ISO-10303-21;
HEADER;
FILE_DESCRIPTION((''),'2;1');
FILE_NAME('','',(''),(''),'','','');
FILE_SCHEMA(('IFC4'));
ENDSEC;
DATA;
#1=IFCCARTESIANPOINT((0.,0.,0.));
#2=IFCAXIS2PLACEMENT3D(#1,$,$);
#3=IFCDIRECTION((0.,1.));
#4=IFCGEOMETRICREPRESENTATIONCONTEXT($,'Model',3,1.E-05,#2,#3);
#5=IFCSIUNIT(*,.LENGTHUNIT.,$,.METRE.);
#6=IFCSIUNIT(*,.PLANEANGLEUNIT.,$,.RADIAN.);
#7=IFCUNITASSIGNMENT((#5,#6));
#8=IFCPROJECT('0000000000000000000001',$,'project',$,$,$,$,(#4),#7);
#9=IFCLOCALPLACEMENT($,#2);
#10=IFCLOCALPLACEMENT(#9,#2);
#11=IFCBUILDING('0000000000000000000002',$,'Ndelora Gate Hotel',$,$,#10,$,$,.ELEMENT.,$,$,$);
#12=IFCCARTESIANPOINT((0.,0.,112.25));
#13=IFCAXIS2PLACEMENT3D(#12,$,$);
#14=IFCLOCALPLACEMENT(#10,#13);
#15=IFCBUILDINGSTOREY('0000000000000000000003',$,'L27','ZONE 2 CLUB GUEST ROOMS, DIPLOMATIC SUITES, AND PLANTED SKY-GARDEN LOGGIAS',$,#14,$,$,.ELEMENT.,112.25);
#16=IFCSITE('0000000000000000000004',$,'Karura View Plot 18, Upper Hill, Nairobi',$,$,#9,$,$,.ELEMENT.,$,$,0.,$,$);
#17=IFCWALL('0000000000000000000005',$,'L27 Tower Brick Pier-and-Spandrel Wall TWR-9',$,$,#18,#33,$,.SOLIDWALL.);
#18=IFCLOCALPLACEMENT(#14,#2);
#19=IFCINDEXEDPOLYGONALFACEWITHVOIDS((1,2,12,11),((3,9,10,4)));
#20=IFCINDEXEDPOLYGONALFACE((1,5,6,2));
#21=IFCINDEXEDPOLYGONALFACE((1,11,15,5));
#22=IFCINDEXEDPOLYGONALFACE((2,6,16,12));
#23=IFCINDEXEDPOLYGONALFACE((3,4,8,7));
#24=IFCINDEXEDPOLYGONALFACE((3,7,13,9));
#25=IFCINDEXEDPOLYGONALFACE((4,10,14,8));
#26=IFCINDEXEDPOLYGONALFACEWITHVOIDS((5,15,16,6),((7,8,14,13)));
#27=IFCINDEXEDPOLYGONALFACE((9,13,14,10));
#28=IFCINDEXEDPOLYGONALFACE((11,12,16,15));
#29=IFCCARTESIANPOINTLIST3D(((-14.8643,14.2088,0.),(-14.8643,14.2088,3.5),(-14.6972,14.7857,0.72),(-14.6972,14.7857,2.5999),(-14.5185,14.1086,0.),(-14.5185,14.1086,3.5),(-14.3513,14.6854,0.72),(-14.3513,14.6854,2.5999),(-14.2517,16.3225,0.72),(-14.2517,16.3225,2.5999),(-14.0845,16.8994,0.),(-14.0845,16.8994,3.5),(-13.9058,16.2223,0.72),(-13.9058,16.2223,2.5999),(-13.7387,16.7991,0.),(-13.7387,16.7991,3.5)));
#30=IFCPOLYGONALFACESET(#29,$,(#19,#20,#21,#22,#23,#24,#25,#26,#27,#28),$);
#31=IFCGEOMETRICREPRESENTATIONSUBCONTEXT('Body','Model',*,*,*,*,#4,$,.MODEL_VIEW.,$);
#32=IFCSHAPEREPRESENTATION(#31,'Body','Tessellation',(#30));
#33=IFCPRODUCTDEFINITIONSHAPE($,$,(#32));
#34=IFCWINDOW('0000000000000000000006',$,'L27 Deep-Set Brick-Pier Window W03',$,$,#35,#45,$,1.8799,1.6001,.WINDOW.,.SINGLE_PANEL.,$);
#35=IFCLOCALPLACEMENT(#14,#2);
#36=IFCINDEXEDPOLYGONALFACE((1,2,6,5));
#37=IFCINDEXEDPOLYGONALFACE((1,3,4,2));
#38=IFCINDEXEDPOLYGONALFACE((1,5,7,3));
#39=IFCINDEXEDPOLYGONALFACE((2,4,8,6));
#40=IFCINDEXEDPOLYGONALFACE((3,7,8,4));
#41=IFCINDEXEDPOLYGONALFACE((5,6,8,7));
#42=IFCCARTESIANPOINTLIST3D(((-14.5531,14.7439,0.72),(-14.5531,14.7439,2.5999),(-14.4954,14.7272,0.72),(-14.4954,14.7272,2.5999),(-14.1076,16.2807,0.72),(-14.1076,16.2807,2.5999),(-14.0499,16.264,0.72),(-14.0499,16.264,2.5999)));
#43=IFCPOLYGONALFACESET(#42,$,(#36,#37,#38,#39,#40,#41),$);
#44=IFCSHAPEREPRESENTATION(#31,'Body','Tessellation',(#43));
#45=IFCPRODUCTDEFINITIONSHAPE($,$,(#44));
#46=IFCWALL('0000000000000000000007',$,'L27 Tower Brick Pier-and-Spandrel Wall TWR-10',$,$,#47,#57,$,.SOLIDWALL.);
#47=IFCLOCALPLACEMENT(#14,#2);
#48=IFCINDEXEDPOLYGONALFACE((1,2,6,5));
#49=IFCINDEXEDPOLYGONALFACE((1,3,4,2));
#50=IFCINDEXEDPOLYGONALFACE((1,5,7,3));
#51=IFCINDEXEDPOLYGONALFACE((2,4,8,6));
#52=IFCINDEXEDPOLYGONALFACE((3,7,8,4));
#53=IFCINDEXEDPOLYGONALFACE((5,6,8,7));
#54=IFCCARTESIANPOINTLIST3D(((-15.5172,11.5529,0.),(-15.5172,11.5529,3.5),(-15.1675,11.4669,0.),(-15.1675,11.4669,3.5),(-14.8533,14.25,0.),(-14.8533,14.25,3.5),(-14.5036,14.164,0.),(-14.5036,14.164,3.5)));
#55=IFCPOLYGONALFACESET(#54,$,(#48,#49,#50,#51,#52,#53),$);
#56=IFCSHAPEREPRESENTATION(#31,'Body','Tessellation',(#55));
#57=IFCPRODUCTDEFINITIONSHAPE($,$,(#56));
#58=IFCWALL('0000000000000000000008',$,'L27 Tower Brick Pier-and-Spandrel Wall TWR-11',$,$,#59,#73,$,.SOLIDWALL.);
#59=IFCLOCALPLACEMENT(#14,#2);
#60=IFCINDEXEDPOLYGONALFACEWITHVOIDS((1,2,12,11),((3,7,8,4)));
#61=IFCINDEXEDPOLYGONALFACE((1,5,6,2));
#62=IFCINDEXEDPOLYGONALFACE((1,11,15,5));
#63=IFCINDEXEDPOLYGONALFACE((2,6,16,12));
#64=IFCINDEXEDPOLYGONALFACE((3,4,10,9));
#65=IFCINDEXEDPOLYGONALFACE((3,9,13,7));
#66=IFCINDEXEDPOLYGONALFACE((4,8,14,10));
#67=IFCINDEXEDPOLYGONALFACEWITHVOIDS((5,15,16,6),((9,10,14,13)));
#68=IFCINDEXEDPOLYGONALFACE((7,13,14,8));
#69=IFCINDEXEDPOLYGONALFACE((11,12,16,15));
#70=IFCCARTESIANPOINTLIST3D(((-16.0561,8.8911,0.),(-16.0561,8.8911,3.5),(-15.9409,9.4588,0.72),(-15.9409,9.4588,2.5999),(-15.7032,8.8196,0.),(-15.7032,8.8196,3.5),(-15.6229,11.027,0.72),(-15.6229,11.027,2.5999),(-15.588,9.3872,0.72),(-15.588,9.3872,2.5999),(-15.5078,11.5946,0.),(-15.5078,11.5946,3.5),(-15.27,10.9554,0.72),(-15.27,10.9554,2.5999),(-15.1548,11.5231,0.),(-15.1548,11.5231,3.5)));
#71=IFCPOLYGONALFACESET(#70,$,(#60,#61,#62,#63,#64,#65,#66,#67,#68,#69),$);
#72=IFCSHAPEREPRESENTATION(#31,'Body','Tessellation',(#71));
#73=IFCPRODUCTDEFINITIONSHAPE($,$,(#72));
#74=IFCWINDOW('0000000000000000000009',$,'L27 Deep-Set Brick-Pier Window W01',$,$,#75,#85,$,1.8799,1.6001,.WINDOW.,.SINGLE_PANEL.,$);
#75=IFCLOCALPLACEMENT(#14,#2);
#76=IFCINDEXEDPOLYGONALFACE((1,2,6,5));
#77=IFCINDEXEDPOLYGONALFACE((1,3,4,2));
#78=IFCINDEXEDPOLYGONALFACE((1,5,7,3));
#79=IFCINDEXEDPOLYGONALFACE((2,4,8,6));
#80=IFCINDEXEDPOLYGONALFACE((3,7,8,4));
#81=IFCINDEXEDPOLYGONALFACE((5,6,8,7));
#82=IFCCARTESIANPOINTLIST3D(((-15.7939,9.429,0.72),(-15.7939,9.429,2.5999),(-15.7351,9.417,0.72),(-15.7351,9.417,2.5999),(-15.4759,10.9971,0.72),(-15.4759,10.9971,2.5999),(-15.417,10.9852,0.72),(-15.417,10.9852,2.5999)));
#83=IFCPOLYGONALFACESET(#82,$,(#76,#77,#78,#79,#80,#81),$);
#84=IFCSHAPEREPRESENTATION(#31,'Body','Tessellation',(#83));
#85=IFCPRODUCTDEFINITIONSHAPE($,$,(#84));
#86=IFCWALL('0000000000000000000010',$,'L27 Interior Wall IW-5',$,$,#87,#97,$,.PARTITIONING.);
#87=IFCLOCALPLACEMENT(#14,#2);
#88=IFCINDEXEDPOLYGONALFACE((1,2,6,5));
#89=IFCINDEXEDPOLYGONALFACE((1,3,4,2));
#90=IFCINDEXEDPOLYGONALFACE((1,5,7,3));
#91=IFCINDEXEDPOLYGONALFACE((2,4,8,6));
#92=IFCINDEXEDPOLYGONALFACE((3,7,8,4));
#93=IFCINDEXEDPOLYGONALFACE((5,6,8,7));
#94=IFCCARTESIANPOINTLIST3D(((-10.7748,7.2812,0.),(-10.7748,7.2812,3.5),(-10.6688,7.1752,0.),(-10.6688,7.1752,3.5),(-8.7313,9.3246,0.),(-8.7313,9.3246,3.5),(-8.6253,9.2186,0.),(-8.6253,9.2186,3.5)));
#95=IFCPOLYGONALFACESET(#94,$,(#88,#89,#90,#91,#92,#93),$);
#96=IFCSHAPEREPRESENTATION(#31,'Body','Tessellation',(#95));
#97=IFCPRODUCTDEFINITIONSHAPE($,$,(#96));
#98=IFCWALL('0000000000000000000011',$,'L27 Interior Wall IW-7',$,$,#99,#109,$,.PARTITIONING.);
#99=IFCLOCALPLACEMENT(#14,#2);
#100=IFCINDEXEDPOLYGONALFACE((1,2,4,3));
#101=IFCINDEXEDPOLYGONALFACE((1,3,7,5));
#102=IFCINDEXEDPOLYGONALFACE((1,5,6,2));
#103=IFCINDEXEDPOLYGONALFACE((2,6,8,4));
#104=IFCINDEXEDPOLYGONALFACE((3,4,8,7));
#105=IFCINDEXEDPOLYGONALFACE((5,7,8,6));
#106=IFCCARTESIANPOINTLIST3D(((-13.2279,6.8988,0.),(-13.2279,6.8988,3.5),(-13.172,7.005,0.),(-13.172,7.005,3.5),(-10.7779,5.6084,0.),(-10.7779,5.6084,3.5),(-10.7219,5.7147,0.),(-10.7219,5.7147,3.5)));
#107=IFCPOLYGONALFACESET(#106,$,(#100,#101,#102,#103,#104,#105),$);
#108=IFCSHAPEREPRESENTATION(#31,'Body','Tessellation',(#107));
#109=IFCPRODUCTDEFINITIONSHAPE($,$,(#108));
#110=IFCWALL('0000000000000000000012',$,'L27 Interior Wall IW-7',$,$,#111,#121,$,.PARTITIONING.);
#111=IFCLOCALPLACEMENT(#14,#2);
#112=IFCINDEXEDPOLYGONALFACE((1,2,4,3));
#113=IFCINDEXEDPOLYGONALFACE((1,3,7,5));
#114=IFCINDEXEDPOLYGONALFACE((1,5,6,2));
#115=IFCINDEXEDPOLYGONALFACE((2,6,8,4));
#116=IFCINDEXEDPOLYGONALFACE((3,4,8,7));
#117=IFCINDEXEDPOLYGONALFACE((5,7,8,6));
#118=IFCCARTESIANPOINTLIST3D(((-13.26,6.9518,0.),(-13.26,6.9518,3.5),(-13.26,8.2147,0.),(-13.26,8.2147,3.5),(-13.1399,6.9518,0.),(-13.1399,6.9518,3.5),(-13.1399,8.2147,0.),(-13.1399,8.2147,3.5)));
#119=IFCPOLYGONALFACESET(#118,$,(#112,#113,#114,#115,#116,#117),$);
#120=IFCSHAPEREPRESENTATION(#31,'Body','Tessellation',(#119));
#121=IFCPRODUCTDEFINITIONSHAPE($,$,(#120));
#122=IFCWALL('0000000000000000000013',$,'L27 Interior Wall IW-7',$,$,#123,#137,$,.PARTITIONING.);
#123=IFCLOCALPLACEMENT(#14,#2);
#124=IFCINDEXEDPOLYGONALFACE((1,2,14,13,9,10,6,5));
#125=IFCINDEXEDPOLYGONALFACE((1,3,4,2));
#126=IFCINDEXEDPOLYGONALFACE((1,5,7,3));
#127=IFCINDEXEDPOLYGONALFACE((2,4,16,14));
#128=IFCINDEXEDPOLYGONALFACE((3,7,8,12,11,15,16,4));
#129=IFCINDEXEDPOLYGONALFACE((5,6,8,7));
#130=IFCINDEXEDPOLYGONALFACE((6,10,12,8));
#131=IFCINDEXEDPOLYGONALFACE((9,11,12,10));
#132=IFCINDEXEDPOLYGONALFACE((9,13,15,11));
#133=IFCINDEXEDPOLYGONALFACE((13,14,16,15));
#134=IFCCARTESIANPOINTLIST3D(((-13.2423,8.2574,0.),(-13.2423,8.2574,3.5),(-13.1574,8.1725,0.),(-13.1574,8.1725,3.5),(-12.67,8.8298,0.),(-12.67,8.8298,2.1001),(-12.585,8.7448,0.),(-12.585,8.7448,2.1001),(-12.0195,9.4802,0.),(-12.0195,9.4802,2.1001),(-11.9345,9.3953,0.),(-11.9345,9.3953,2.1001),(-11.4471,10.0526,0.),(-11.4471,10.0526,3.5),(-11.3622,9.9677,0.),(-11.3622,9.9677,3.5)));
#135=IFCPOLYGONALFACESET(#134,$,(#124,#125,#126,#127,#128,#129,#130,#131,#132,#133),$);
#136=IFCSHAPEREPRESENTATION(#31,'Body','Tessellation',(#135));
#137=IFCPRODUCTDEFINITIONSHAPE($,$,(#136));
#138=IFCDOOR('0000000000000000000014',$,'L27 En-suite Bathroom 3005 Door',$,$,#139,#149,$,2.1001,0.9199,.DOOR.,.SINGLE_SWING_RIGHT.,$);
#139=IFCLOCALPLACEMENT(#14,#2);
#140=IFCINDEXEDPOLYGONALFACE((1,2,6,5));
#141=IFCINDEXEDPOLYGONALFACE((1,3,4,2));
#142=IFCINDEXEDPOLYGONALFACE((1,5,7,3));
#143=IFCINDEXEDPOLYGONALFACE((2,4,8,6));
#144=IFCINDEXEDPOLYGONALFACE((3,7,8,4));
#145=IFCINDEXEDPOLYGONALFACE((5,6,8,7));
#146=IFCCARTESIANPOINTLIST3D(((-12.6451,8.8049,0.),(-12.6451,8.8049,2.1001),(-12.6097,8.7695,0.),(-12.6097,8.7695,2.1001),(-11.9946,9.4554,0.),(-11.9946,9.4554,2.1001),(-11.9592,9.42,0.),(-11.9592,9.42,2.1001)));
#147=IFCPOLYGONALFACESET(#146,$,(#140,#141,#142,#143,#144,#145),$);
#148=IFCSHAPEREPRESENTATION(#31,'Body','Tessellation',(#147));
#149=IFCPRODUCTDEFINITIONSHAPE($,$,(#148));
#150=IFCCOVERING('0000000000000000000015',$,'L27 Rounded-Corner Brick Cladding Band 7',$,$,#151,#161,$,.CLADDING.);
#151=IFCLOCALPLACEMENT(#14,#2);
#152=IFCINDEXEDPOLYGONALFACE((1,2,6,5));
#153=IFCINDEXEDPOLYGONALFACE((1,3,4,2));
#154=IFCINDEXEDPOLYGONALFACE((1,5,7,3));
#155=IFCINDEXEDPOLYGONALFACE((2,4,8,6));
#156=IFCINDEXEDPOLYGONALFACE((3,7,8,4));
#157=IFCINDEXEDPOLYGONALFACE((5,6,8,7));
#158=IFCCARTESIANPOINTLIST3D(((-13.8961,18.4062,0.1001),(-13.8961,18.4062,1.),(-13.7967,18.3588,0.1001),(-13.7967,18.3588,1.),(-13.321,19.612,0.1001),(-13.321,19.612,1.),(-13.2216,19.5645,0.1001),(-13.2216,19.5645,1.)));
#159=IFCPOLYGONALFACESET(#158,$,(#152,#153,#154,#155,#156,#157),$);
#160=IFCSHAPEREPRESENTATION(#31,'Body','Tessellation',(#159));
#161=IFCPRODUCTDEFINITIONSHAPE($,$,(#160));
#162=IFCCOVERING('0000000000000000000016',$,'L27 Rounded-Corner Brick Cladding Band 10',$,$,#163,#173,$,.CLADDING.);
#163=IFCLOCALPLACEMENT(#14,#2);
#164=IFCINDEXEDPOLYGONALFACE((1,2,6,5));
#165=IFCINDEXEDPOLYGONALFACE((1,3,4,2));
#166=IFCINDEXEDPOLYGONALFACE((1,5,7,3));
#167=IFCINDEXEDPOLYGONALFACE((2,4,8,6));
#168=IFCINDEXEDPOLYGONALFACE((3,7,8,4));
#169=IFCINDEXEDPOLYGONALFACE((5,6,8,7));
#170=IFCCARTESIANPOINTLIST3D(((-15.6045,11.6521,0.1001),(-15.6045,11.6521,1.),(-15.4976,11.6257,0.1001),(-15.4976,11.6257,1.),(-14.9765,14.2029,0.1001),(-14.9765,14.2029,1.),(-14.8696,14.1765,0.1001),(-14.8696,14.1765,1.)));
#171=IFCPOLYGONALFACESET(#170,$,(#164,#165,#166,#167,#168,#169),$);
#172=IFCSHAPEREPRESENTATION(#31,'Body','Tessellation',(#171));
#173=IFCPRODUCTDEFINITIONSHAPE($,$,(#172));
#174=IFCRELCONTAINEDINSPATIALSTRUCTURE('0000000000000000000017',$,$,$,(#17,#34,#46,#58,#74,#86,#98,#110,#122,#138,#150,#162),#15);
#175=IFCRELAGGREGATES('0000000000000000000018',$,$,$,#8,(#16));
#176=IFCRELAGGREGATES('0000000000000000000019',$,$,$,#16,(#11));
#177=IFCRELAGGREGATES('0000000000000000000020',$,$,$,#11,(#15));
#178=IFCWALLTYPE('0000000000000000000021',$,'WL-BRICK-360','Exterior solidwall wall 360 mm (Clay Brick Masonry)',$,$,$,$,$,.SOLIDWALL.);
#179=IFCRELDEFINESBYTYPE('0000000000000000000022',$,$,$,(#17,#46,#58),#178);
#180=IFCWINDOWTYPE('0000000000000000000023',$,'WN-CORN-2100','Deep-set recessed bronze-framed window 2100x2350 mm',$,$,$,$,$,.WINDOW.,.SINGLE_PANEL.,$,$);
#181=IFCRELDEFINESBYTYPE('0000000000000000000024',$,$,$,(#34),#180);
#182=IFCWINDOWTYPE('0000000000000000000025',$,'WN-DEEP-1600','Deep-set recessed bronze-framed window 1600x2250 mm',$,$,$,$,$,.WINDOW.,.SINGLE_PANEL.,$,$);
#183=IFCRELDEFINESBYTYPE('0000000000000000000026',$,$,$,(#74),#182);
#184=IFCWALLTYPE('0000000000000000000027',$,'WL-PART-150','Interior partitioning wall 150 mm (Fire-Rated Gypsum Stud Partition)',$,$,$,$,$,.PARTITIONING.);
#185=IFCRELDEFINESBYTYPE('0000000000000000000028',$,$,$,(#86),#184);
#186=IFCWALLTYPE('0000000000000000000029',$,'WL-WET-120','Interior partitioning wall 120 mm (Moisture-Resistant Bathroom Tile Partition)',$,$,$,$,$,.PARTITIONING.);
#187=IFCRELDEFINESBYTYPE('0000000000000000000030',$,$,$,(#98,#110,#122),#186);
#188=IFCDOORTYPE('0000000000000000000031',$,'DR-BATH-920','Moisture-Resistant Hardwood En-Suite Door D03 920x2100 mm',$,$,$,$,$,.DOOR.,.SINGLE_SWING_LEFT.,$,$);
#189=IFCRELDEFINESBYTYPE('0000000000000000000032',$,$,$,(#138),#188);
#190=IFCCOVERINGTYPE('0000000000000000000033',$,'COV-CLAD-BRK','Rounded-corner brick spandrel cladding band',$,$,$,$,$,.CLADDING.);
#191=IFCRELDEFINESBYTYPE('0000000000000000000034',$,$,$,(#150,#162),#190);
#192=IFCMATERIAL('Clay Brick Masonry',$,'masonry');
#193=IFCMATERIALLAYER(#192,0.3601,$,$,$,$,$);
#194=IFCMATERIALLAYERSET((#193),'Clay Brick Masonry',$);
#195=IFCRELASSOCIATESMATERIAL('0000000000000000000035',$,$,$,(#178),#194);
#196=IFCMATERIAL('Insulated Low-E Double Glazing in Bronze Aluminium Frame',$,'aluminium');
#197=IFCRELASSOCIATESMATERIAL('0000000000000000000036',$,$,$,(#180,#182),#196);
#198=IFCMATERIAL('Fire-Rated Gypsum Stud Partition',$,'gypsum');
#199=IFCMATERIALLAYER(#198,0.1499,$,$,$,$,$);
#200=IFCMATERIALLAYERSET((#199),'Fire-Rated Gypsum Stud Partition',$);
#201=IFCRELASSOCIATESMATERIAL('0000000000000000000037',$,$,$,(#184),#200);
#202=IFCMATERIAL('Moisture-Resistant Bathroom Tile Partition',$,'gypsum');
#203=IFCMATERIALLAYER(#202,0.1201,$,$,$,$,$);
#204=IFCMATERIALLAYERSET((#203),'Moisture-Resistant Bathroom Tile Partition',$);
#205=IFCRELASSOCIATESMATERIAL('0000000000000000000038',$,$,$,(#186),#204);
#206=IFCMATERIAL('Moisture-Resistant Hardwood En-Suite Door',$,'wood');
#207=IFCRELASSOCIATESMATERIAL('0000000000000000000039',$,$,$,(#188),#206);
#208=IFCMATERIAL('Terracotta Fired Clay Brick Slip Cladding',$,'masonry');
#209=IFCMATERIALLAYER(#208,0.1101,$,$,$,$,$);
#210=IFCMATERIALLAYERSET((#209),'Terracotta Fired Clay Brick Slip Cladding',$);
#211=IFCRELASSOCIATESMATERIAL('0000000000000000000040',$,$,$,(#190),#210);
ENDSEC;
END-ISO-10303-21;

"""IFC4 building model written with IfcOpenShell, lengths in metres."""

from ifc_helpers import new_model, si_unit, direction, frame, frame_2d, origin, origin_2d, place, context, subcontext, project, spatial, rectangle, extrude, material, layer, layer_set, type_object, element, fill, save


model = new_model("IFC4")

# Units and contexts
model_context = context("Model", 3, precision=1e-05, world=origin(), true_north=direction((0.0, 1.0)))
body_context = subcontext(model_context, "Body", "Model", "MODEL_VIEW")
ifc_project = project(units=[si_unit("LENGTHUNIT", "METRE"), si_unit("PLANEANGLEUNIT", "RADIAN")], contexts=[model_context])

# Site, building, storey
site_placement = place(None, origin())
site = spatial("IfcSite", under=ifc_project, at=site_placement, Name="Karura View Plot 18, Upper Hill, Nairobi", CompositionType="ELEMENT", RefElevation=0.0)
building_placement = place(site_placement, origin())
building = spatial("IfcBuilding", under=site, at=building_placement, Name="Ndelora Gate Hotel", CompositionType="ELEMENT")
storey_placement = place(building_placement, frame((0.0, 0.0, 112.25)))
storey = spatial("IfcBuildingStorey", under=building, at=storey_placement, Name="L27", Description="ZONE 2 CLUB GUEST ROOMS, DIPLOMATIC SUITES, AND PLANTED SKY-GARDEN LOGGIAS", CompositionType="ELEMENT", Elevation=112.25)

# Shared definitions
ifc_material_1 = material(Name="Clay Brick Masonry", Category="masonry")
ifc_layer_1 = layer(ifc_material_1, 0.3601)
ifc_layer_set_1 = layer_set([ifc_layer_1], Name="Clay Brick Masonry")
wall_type_1 = type_object("IfcWallType", Name="WL-BRICK-360", Description="Exterior solidwall wall 360 mm (Clay Brick Masonry)", PredefinedType="SOLIDWALL", material=ifc_layer_set_1)

# Wall, opening, window
wall_1_placement = place(storey_placement, frame((-14.6914, 14.1587, 0.0), z_axis=(0.0, 0.0, 1.0), x_axis=(0.27838, 0.960471, 0.0)))
wall_1 = element("IfcWall", 1, at=wall_1_placement, inside=storey, type_object=wall_type_1, Name="L27 Tower Brick Pier-and-Spandrel Wall TWR-9", PredefinedType="SOLIDWALL", context=body_context, shape_type="SweptSolid", body=[
    extrude(rectangle(XDim=2.8013, YDim=0.3601, at=frame_2d((1.4006, 0.0))), origin(), (0.0, 0.0, 1.0), 3.5),
])
opening_1_placement = place(wall_1_placement, frame((0.6006, 0.0, 0.72)))
opening_1 = element("IfcOpeningElement", 2, at=opening_1_placement, cuts=wall_1, PredefinedType="OPENING", context=body_context, shape_type="SweptSolid", body=[
    extrude(rectangle(XDim=1.6001, YDim=1.8799, at=frame_2d((0.8, 0.9399))), frame((0.0, 0.1899, 0.0), z_axis=(0.0, -1.0, 0.0), x_axis=(1.0, 0.0, 0.0)), (0.0, 0.0, 1.0), 0.3801),
])
ifc_material_2 = material(Name="Insulated Low-E Double Glazing in Bronze Aluminium Frame", Category="aluminium")
window_type_1 = type_object("IfcWindowType", Name="WN-CORN-2100", Description="Deep-set recessed bronze-framed window 2100x2350 mm", PartitioningType="SINGLE_PANEL", PredefinedType="WINDOW", material=ifc_material_2)
window_1_placement = place(opening_1_placement, origin())
window_1 = element("IfcWindow", 3, at=window_1_placement, inside=storey, type_object=window_type_1, Name="L27 Deep-Set Brick-Pier Window W03", OverallHeight=1.8799, OverallWidth=1.6001, PartitioningType="SINGLE_PANEL", PredefinedType="WINDOW", context=body_context, shape_type="SweptSolid", body=[
    extrude(rectangle(XDim=1.6001, YDim=1.8799, at=frame_2d((0.8, 0.9399))), frame((0.0, 0.03, 0.0), z_axis=(0.0, -1.0, 0.0), x_axis=(1.0, 0.0, 0.0)), (0.0, 0.0, 1.0), 0.0601),
])
fill(opening_1, window_1)

# Wall
wall_2_placement = place(storey_placement, frame((-15.3423, 11.51, 0.0), z_axis=(0.0, 0.0, 1.0), x_axis=(0.238997, 0.97102, 0.0)))
element("IfcWall", 4, at=wall_2_placement, inside=storey, type_object=wall_type_1, Name="L27 Tower Brick Pier-and-Spandrel Wall TWR-10", PredefinedType="SOLIDWALL", context=body_context, shape_type="SweptSolid", body=[
    extrude(rectangle(XDim=2.7776, YDim=0.3601, at=frame_2d((1.3887, 0.0))), origin(), (0.0, 0.0, 1.0), 3.5),
])

# Wall, opening, window
wall_3_placement = place(storey_placement, frame((-15.8796, 8.8552, 0.0), z_axis=(0.0, 0.0, 1.0), x_axis=(0.19877, 0.980046, 0.0)))
wall_3 = element("IfcWall", 5, at=wall_3_placement, inside=storey, type_object=wall_type_1, Name="L27 Tower Brick Pier-and-Spandrel Wall TWR-11", PredefinedType="SOLIDWALL", context=body_context, shape_type="SweptSolid", body=[
    extrude(rectangle(XDim=2.7585, YDim=0.3601, at=frame_2d((1.3794, 0.0))), origin(), (0.0, 0.0, 1.0), 3.5),
])
opening_2_placement = place(wall_3_placement, frame((0.5793, 0.0, 0.72)))
opening_2 = element("IfcOpeningElement", 6, at=opening_2_placement, cuts=wall_3, PredefinedType="OPENING", context=body_context, shape_type="SweptSolid", body=[
    extrude(rectangle(XDim=1.6001, YDim=1.8799, at=frame_2d((0.8, 0.9399))), frame((0.0, 0.1899, 0.0), z_axis=(0.0, -1.0, 0.0), x_axis=(1.0, 0.0, 0.0)), (0.0, 0.0, 1.0), 0.3801),
])
window_type_2 = type_object("IfcWindowType", Name="WN-DEEP-1600", Description="Deep-set recessed bronze-framed window 1600x2250 mm", PartitioningType="SINGLE_PANEL", PredefinedType="WINDOW", material=ifc_material_2)
window_2_placement = place(opening_2_placement, origin())
window_2 = element("IfcWindow", 7, at=window_2_placement, inside=storey, type_object=window_type_2, Name="L27 Deep-Set Brick-Pier Window W01", OverallHeight=1.8799, OverallWidth=1.6001, PartitioningType="SINGLE_PANEL", PredefinedType="WINDOW", context=body_context, shape_type="SweptSolid", body=[
    extrude(rectangle(XDim=1.6001, YDim=1.8799, at=frame_2d((0.8, 0.9399))), frame((0.0, 0.03, 0.0), z_axis=(0.0, -1.0, 0.0), x_axis=(1.0, 0.0, 0.0)), (0.0, 0.0, 1.0), 0.0601),
])
fill(opening_2, window_2)

# Walls
ifc_material_3 = material(Name="Fire-Rated Gypsum Stud Partition", Category="gypsum")
ifc_layer_2 = layer(ifc_material_3, 0.1499)
ifc_layer_set_2 = layer_set([ifc_layer_2], Name="Fire-Rated Gypsum Stud Partition")
wall_type_2 = type_object("IfcWallType", Name="WL-PART-150", Description="Interior partitioning wall 150 mm (Fire-Rated Gypsum Stud Partition)", PredefinedType="PARTITIONING", material=ifc_layer_set_2)
wall_4_placement = place(storey_placement, frame((-10.7217, 7.2283, 0.0), z_axis=(0.0, 0.0, 1.0), x_axis=(0.707107, 0.707107, 0.0)))
element("IfcWall", 8, at=wall_4_placement, inside=storey, type_object=wall_type_2, Name="L27 Interior Wall IW-5", PredefinedType="PARTITIONING", context=body_context, shape_type="SweptSolid", body=[
    extrude(rectangle(XDim=2.8899, YDim=0.1499, at=frame_2d((1.4448, 0.0))), origin(), (0.0, 0.0, 1.0), 3.5),
])
ifc_material_4 = material(Name="Moisture-Resistant Bathroom Tile Partition", Category="gypsum")
ifc_layer_3 = layer(ifc_material_4, 0.1201)
ifc_layer_set_3 = layer_set([ifc_layer_3], Name="Moisture-Resistant Bathroom Tile Partition")
wall_type_3 = type_object("IfcWallType", Name="WL-WET-120", Description="Interior partitioning wall 120 mm (Moisture-Resistant Bathroom Tile Partition)", PredefinedType="PARTITIONING", material=ifc_layer_set_3)
wall_5_placement = place(storey_placement, frame((-13.2, 6.9519, 0.0), z_axis=(0.0, 0.0, 1.0), x_axis=(0.884794, -0.465983, 0.0)))
element("IfcWall", 9, at=wall_5_placement, inside=storey, type_object=wall_type_3, Name="L27 Interior Wall IW-7", PredefinedType="PARTITIONING", context=body_context, shape_type="SweptSolid", body=[
    extrude(rectangle(XDim=2.769, YDim=0.1201, at=frame_2d((1.3845, 0.0))), origin(), (0.0, 0.0, 1.0), 3.5),
])
wall_6_placement = place(storey_placement, frame((-13.2, 6.9519, 0.0), z_axis=(0.0, 0.0, 1.0), x_axis=(0.0, 1.0, 0.0)))
element("IfcWall", 10, at=wall_6_placement, inside=storey, type_object=wall_type_3, Name="L27 Interior Wall IW-7", PredefinedType="PARTITIONING", context=body_context, shape_type="SweptSolid", body=[
    extrude(rectangle(XDim=1.2629, YDim=0.1201, at=frame_2d((0.6313, 0.0))), origin(), (0.0, 0.0, 1.0), 3.5),
])

# Wall, opening, door
wall_7_placement = place(storey_placement, frame((-13.2, 8.2148, 0.0), z_axis=(0.0, 0.0, 1.0), x_axis=(0.707107, 0.707107, 0.0)))
wall_7 = element("IfcWall", 11, at=wall_7_placement, inside=storey, type_object=wall_type_3, Name="L27 Interior Wall IW-7", PredefinedType="PARTITIONING", context=body_context, shape_type="SweptSolid", body=[
    extrude(rectangle(XDim=2.5388, YDim=0.1201, at=frame_2d((1.2695, 0.0))), origin(), (0.0, 0.0, 1.0), 3.5),
])
opening_3_placement = place(wall_7_placement, frame((0.8096, 0.0, 0.0)))
opening_3 = element("IfcOpeningElement", 12, at=opening_3_placement, cuts=wall_7, PredefinedType="OPENING", context=body_context, shape_type="SweptSolid", body=[
    extrude(rectangle(XDim=0.9199, YDim=2.1001, at=frame_2d((0.46, 1.05))), frame((0.0, 0.0701, 0.0), z_axis=(0.0, -1.0, 0.0), x_axis=(1.0, 0.0, 0.0)), (0.0, 0.0, 1.0), 0.1401),
])
ifc_material_5 = material(Name="Moisture-Resistant Hardwood En-Suite Door", Category="wood")
door_type = type_object("IfcDoorType", Name="DR-BATH-920", Description="Moisture-Resistant Hardwood En-Suite Door D03 920x2100 mm", OperationType="SINGLE_SWING_LEFT", PredefinedType="DOOR", material=ifc_material_5)
door_placement = place(opening_3_placement, origin())
door = element("IfcDoor", 13, at=door_placement, inside=storey, type_object=door_type, Name="L27 En-suite Bathroom 3005 Door", OperationType="SINGLE_SWING_RIGHT", OverallHeight=2.1001, OverallWidth=0.9199, PredefinedType="DOOR", context=body_context, shape_type="SweptSolid", body=[
    extrude(rectangle(XDim=0.9199, YDim=2.1001, at=frame_2d((0.46, 1.05))), frame((0.0, 0.0249, 0.0), z_axis=(0.0, -1.0, 0.0), x_axis=(1.0, 0.0, 0.0)), (0.0, 0.0, 1.0), 0.05),
])
fill(opening_3, door)

# Coverings
ifc_material_6 = material(Name="Terracotta Fired Clay Brick Slip Cladding", Category="masonry")
ifc_layer_4 = layer(ifc_material_6, 0.1101)
ifc_layer_set_4 = layer_set([ifc_layer_4], Name="Terracotta Fired Clay Brick Slip Cladding")
covering_type_1 = type_object("IfcCoveringType", Name="COV-CLAD-BRK", Description="Rounded-corner brick spandrel cladding band", PredefinedType="CLADDING", material=ifc_layer_set_4)
covering_1_placement = place(storey_placement, frame((-13.5588, 18.9854, 0.1001), z_axis=(0.0, 0.0, 1.0), x_axis=(0.430511, 0.902585, 0.0)))
element("IfcCovering", 14, at=covering_1_placement, inside=storey, type_object=covering_type_1, Name="L27 Rounded-Corner Brick Cladding Band 7", PredefinedType="CLADDING", context=body_context, shape_type="SweptSolid", body=[
    extrude(rectangle(XDim=1.3359, YDim=0.1101, at=origin_2d()), origin(), (0.0, 0.0, 1.0), 0.8999),
])
covering_2_placement = place(storey_placement, frame((-15.2371, 12.9143, 0.1001), z_axis=(0.0, 0.0, 1.0), x_axis=(0.239042, 0.971009, 0.0)))
element("IfcCovering", 15, at=covering_2_placement, inside=storey, type_object=covering_type_1, Name="L27 Rounded-Corner Brick Cladding Band 10", PredefinedType="CLADDING", context=body_context, shape_type="SweptSolid", body=[
    extrude(rectangle(XDim=2.627, YDim=0.1101, at=origin_2d()), origin(), (0.0, 0.0, 1.0), 0.8999),
])

save(model, "model.ifc")
